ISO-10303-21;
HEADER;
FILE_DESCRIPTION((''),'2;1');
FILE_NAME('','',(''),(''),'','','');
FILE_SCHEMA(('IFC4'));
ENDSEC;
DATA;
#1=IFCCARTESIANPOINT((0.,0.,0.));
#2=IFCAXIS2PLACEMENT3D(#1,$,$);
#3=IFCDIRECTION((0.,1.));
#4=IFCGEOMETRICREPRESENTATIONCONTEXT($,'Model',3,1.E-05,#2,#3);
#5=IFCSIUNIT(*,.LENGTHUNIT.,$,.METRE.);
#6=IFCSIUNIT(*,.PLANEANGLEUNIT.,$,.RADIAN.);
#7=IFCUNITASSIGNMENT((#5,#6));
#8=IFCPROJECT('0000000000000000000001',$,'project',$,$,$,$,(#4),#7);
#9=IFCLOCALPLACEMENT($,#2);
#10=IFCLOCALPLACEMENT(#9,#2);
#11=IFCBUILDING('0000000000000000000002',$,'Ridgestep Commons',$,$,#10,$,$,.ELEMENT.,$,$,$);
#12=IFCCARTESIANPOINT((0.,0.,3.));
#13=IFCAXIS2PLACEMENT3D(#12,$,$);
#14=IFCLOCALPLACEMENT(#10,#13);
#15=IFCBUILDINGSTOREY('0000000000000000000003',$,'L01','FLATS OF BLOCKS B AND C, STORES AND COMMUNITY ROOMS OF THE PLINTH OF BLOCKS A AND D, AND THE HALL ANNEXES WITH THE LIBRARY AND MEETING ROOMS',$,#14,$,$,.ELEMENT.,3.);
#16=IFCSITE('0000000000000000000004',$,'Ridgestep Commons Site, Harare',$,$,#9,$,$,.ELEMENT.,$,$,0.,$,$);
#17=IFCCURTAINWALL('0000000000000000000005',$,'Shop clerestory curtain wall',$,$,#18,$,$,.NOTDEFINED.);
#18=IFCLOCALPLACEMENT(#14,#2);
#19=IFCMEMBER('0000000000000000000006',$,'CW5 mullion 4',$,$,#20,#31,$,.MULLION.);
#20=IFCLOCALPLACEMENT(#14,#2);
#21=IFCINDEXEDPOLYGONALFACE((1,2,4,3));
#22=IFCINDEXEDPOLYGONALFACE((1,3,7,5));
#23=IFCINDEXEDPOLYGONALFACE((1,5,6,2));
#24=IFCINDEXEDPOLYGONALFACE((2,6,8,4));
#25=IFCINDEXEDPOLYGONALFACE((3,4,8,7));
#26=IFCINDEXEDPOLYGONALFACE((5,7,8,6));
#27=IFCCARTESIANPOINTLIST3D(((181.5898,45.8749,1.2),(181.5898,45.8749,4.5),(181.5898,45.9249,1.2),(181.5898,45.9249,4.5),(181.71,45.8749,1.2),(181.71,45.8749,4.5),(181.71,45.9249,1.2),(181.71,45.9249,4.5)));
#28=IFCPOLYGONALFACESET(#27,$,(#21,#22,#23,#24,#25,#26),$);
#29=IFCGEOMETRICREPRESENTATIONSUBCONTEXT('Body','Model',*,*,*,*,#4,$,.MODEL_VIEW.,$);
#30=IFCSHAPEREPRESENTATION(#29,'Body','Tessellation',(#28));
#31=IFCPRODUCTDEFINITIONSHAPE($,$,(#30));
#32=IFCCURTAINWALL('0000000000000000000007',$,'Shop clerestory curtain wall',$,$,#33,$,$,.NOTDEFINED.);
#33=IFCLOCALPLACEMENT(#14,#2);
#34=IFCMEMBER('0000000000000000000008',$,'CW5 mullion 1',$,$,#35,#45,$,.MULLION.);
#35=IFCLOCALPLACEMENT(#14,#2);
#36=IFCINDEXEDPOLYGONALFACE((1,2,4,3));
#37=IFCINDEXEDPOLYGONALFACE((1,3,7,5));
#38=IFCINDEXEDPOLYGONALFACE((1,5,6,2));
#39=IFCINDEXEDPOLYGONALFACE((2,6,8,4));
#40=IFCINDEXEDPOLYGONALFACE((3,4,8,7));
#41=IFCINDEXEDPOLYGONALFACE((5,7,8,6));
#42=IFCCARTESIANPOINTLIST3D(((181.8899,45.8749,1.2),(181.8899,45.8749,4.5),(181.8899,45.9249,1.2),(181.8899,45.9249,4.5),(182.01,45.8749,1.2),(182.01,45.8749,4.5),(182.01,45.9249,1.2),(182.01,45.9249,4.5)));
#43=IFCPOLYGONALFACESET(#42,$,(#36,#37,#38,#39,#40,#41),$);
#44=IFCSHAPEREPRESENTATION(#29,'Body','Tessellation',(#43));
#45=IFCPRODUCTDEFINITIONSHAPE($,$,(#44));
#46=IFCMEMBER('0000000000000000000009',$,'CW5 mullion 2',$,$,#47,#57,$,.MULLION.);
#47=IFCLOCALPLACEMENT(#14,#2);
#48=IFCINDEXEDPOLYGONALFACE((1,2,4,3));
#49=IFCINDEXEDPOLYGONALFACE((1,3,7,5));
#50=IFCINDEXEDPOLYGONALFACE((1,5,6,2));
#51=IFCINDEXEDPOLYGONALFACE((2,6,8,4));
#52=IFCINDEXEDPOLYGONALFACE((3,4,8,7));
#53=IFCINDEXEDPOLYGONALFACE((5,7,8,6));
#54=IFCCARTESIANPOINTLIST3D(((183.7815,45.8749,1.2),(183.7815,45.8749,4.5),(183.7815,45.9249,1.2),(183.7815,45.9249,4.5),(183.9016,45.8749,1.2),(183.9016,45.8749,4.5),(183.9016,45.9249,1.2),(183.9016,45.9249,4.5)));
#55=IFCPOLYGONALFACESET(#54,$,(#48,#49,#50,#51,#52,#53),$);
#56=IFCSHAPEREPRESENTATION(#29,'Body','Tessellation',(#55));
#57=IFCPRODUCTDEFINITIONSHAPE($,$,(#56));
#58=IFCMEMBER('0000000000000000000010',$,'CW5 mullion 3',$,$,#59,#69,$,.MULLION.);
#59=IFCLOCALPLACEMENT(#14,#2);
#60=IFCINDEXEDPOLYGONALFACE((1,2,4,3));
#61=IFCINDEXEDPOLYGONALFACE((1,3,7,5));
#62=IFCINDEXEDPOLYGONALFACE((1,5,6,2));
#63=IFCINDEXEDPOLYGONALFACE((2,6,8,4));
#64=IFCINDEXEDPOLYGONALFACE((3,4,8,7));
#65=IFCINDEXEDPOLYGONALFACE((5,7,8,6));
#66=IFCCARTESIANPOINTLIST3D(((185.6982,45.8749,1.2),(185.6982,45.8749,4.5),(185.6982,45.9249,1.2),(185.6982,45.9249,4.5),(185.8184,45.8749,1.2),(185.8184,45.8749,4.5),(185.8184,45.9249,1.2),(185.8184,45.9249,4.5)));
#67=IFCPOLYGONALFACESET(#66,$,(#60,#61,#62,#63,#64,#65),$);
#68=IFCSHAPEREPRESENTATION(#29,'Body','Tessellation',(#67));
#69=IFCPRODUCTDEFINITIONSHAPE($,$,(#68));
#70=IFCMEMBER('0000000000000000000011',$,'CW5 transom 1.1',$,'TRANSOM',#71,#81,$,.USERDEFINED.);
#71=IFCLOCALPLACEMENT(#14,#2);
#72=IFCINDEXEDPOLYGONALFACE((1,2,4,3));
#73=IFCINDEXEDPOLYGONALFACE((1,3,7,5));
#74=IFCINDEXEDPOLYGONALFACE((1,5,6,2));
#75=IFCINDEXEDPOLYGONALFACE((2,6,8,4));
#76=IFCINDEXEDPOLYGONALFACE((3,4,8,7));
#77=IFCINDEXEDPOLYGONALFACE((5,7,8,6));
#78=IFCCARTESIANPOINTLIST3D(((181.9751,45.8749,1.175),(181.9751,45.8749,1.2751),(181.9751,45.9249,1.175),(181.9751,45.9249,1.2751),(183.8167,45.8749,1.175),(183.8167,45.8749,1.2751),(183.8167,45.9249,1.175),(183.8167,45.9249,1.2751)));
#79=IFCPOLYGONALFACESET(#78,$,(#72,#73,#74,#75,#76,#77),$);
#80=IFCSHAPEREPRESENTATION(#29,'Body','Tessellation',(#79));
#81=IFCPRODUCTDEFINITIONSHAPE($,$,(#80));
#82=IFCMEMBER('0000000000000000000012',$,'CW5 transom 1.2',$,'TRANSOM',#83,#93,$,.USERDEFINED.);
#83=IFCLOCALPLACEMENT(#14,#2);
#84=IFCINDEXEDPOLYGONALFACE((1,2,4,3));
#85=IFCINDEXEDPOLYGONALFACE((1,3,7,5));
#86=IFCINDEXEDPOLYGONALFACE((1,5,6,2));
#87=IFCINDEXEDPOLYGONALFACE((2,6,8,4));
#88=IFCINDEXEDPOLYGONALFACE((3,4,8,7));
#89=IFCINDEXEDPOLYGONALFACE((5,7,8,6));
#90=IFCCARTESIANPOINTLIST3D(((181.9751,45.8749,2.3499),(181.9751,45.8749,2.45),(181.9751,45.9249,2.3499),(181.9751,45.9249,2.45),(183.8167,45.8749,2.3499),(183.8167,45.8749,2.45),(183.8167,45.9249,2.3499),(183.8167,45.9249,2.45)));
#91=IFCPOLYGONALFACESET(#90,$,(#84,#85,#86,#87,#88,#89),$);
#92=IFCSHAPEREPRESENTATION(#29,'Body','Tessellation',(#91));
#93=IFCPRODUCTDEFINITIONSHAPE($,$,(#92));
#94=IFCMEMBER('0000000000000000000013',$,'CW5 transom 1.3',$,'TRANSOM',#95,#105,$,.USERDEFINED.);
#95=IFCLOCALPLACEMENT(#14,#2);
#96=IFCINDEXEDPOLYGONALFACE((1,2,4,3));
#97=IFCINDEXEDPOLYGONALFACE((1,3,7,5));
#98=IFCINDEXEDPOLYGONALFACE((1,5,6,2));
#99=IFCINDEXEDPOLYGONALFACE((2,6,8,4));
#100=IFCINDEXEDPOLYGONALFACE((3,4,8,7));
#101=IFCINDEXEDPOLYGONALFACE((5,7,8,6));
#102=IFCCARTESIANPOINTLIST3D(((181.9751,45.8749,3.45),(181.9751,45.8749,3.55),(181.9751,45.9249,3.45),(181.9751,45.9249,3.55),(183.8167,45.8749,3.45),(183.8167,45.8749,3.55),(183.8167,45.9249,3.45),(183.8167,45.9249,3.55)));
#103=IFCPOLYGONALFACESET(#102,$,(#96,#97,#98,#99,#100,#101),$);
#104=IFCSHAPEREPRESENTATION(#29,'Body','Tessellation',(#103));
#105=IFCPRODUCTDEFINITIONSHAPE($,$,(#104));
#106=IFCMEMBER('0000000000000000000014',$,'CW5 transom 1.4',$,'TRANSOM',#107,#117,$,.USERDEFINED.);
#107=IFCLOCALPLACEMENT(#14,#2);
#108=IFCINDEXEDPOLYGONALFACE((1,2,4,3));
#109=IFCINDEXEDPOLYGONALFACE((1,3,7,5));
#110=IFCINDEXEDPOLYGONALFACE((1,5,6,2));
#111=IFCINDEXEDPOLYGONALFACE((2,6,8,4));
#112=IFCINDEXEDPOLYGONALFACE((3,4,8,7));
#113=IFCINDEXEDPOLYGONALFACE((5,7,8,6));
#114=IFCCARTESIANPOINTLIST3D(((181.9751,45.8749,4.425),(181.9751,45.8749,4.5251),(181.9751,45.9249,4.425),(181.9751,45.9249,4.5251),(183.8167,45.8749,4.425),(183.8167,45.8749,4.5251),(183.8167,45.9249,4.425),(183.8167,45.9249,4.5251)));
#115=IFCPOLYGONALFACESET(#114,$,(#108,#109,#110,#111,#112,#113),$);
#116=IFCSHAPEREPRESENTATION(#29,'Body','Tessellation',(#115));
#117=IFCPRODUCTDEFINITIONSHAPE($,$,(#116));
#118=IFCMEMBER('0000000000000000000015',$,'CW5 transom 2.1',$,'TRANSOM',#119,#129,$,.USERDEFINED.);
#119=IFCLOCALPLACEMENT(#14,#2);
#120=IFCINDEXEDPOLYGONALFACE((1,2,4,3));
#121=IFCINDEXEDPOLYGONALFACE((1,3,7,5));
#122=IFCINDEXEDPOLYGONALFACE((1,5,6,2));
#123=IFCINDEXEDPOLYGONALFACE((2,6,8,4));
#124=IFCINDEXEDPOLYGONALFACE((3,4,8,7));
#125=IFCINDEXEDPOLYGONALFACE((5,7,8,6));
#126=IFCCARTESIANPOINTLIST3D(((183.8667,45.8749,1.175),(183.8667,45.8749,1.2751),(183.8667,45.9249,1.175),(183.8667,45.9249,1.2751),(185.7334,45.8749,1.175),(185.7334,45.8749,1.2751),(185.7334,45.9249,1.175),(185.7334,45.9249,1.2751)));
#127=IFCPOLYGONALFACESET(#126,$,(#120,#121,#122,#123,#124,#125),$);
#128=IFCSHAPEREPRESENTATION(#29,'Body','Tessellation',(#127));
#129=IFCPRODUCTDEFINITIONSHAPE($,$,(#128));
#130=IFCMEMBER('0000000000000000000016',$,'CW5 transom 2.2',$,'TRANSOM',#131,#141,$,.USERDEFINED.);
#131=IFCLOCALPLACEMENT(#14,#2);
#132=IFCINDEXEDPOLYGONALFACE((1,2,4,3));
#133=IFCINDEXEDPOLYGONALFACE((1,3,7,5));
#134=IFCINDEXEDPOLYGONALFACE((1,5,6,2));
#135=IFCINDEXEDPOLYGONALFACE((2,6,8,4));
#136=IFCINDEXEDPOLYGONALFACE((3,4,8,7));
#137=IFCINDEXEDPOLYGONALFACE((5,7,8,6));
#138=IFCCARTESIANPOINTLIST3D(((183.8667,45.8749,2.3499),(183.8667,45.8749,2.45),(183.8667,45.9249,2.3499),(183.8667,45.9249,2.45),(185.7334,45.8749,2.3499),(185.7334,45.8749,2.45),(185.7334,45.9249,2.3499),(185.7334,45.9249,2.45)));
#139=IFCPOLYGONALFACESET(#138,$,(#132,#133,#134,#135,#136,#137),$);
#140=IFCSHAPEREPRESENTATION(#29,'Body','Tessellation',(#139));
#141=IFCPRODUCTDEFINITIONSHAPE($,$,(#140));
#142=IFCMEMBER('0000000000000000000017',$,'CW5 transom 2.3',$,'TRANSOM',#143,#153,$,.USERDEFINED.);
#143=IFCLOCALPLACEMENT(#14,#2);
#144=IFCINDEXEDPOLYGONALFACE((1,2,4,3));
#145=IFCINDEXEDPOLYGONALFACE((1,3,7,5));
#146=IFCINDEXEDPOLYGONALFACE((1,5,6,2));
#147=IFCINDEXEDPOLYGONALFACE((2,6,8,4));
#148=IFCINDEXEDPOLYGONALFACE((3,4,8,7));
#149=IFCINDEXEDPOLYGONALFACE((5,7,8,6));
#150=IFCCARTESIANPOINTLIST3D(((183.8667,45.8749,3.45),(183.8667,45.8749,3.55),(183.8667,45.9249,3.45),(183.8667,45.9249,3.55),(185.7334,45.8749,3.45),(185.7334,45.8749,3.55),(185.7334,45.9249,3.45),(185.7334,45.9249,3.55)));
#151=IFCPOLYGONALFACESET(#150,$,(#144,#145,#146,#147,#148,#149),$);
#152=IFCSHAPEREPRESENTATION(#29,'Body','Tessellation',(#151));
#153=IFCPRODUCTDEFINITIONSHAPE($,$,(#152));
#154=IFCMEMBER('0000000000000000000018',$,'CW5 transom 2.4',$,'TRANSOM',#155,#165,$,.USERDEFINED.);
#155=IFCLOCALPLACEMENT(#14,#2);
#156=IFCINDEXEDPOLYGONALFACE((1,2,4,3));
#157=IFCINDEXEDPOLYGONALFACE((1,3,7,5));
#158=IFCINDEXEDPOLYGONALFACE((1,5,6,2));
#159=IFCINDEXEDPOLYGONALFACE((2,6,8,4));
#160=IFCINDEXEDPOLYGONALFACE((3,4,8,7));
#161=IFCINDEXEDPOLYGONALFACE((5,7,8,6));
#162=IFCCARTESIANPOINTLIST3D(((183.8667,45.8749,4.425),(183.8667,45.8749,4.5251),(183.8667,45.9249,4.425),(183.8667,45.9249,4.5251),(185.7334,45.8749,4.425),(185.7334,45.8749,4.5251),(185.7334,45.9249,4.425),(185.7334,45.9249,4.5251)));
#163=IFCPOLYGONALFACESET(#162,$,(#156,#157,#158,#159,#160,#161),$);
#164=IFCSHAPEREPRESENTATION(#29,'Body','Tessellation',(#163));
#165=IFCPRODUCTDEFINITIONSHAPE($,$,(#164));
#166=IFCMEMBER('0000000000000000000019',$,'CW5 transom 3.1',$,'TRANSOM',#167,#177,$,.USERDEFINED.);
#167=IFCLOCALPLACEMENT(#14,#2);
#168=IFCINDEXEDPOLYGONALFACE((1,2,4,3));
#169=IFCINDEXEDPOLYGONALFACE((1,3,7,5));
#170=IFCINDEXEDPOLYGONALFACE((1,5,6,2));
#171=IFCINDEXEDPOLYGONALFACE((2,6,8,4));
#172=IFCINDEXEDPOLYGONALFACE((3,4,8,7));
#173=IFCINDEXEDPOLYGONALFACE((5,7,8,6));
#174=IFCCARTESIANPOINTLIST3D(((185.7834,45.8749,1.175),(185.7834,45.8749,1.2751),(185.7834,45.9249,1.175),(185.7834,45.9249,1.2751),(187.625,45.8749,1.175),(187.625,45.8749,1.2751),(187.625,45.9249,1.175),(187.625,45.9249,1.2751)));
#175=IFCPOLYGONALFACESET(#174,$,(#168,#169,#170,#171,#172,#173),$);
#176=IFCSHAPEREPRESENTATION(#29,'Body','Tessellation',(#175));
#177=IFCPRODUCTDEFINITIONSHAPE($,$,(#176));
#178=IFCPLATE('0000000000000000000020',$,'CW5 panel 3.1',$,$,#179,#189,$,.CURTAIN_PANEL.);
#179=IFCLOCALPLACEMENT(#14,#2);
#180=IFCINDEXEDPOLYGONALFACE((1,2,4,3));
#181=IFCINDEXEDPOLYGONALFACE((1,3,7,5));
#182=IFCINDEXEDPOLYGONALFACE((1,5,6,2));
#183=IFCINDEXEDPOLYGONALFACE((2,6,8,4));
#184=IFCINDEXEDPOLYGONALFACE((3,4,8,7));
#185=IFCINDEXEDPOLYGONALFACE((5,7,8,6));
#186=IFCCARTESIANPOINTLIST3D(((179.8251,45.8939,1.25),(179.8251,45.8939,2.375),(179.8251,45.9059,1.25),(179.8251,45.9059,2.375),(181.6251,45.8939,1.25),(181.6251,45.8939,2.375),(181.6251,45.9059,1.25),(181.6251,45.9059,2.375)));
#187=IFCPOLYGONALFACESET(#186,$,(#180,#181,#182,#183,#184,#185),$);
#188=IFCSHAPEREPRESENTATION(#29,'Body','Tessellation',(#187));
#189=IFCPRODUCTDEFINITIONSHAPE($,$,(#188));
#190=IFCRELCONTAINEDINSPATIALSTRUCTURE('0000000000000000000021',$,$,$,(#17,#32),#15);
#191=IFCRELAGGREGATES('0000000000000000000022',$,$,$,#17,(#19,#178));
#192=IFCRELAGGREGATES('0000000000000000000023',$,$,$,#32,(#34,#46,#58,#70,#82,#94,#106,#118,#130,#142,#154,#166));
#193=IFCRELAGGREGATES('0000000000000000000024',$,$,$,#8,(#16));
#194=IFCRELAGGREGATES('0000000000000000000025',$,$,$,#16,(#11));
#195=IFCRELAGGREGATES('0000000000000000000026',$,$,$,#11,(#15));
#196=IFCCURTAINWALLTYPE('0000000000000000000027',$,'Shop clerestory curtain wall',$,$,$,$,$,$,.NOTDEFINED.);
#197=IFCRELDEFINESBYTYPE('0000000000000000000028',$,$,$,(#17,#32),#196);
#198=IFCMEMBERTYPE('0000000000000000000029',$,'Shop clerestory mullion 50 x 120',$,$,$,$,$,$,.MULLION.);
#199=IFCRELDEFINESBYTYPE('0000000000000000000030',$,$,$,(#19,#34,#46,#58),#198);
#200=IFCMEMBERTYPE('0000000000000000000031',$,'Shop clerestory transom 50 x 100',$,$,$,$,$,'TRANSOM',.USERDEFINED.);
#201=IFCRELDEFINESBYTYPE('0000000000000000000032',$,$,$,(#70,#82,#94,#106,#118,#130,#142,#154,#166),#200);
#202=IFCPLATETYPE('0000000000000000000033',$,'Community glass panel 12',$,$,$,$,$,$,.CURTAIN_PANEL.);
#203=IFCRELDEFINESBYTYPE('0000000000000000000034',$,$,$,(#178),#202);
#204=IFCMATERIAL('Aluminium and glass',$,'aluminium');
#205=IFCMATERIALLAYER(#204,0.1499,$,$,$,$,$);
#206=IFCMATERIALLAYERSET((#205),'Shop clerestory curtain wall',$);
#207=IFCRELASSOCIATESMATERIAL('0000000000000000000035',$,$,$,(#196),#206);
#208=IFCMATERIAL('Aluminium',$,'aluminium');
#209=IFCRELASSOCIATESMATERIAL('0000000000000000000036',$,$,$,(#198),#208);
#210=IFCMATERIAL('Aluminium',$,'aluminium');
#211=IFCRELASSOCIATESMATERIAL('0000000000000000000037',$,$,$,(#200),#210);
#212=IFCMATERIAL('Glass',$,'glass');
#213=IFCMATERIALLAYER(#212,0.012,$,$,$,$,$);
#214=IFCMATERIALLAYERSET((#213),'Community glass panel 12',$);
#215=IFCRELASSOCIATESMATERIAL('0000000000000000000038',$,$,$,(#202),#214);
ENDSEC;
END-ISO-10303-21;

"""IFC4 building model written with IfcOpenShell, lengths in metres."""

from ifc_helpers import new_model, si_unit, direction, frame, origin, origin_2d, place, context, subcontext, project, spatial, rectangle, extrude, material, layer, layer_set, material_profile, profile_set, type_object, element, aggregate, save


model = new_model("IFC4")

# Units and contexts
model_context = context("Model", 3, precision=1e-05, world=origin(), true_north=direction((0.0, 1.0)))
body_context = subcontext(model_context, "Body", "Model", "MODEL_VIEW")
ifc_project = project(units=[si_unit("LENGTHUNIT", "METRE"), si_unit("PLANEANGLEUNIT", "RADIAN")], contexts=[model_context])

# Site, building, storey
site_placement = place(None, origin())
site = spatial("IfcSite", under=ifc_project, at=site_placement, Name="Ridgestep Commons Site, Harare", CompositionType="ELEMENT", RefElevation=0.0)
building_placement = place(site_placement, origin())
building = spatial("IfcBuilding", under=site, at=building_placement, Name="Ridgestep Commons", CompositionType="ELEMENT")
storey_placement = place(building_placement, frame((0.0, 0.0, 3.0)))
storey = spatial("IfcBuildingStorey", under=building, at=storey_placement, Name="L01", Description="FLATS OF BLOCKS B AND C, STORES AND COMMUNITY ROOMS OF THE PLINTH OF BLOCKS A AND D, AND THE HALL ANNEXES WITH THE LIBRARY AND MEETING ROOMS", CompositionType="ELEMENT", Elevation=3.0)

# Curtain wall, member
ifc_material_1 = material(Name="Aluminium and glass", Category="aluminium")
ifc_layer_1 = layer(ifc_material_1, 0.1499)
ifc_layer_set_1 = layer_set([ifc_layer_1], Name="Shop clerestory curtain wall")
curtain_wall_type = type_object("IfcCurtainWallType", Name="Shop clerestory curtain wall", PredefinedType="NOTDEFINED", material=ifc_layer_set_1)
curtain_wall_1_placement = place(storey_placement, origin())
curtain_wall_1 = element("IfcCurtainWall", 1, at=curtain_wall_1_placement, inside=storey, type_object=curtain_wall_type, Name="Shop clerestory curtain wall", PredefinedType="NOTDEFINED")
ifc_material_2 = material(Name="Aluminium", Category="aluminium")
ifc_material_profile_1 = material_profile(ifc_material_2, rectangle(XDim=0.05, YDim=0.1201, at=origin_2d()), Name="Shop clerestory mullion 50 x 120")
ifc_profile_set_1 = profile_set([ifc_material_profile_1], Name="Aluminium")
member_type_1 = type_object("IfcMemberType", Name="Shop clerestory mullion 50 x 120", PredefinedType="MULLION", material=ifc_profile_set_1)
member_1_placement = place(storey_placement, frame((181.6499, 45.8999, 1.2), z_axis=(0.0, 0.0, 1.0), x_axis=(0.0, 1.0, 0.0)))
member_1 = element("IfcMember", 2, at=member_1_placement, type_object=member_type_1, Name="CW5 mullion 4", PredefinedType="MULLION", context=body_context, shape_type="SweptSolid", body=[
    extrude(rectangle(XDim=0.05, YDim=0.1201, at=origin_2d()), origin(), (0.0, 0.0, 1.0), 3.3),
])

# Curtain wall, members
curtain_wall_2_placement = place(storey_placement, origin())
curtain_wall_2 = element("IfcCurtainWall", 3, at=curtain_wall_2_placement, inside=storey, type_object=curtain_wall_type, Name="Shop clerestory curtain wall", PredefinedType="NOTDEFINED")
member_2_placement = place(storey_placement, frame((181.95, 45.8999, 1.2), z_axis=(0.0, 0.0, 1.0), x_axis=(0.0, 1.0, 0.0)))
member_2 = element("IfcMember", 4, at=member_2_placement, type_object=member_type_1, Name="CW5 mullion 1", PredefinedType="MULLION", context=body_context, shape_type="SweptSolid", body=[
    extrude(rectangle(XDim=0.05, YDim=0.1201, at=origin_2d()), origin(), (0.0, 0.0, 1.0), 3.3),
])
member_3_placement = place(storey_placement, frame((183.8416, 45.8999, 1.2), z_axis=(0.0, 0.0, 1.0), x_axis=(0.0, 1.0, 0.0)))
member_3 = element("IfcMember", 5, at=member_3_placement, type_object=member_type_1, Name="CW5 mullion 2", PredefinedType="MULLION", context=body_context, shape_type="SweptSolid", body=[
    extrude(rectangle(XDim=0.05, YDim=0.1201, at=origin_2d()), origin(), (0.0, 0.0, 1.0), 3.3),
])
member_4_placement = place(storey_placement, frame((185.7583, 45.8999, 1.2), z_axis=(0.0, 0.0, 1.0), x_axis=(0.0, 1.0, 0.0)))
member_4 = element("IfcMember", 6, at=member_4_placement, type_object=member_type_1, Name="CW5 mullion 3", PredefinedType="MULLION", context=body_context, shape_type="SweptSolid", body=[
    extrude(rectangle(XDim=0.05, YDim=0.1201, at=origin_2d()), origin(), (0.0, 0.0, 1.0), 3.3),
])
ifc_material_3 = material(Name="Aluminium", Category="aluminium")
ifc_material_profile_2 = material_profile(ifc_material_3, rectangle(XDim=0.05, YDim=0.1001, at=origin_2d()), Name="Shop clerestory transom 50 x 100")
ifc_profile_set_2 = profile_set([ifc_material_profile_2], Name="Aluminium")
member_type_2 = type_object("IfcMemberType", Name="Shop clerestory transom 50 x 100", ElementType="TRANSOM", PredefinedType="USERDEFINED", material=ifc_profile_set_2)
member_5_placement = place(storey_placement, frame((181.9751, 45.8999, 1.2251), z_axis=(1.0, 0.0, 0.0), x_axis=(0.0, 1.0, 0.0)))
member_5 = element("IfcMember", 7, at=member_5_placement, type_object=member_type_2, Name="CW5 transom 1.1", ObjectType="TRANSOM", PredefinedType="USERDEFINED", context=body_context, shape_type="SweptSolid", body=[
    extrude(rectangle(XDim=0.05, YDim=0.1001, at=origin_2d()), origin(), (0.0, 0.0, 1.0), 1.8416),
])
member_6_placement = place(storey_placement, frame((181.9751, 45.8999, 2.3999), z_axis=(1.0, 0.0, 0.0), x_axis=(0.0, 1.0, 0.0)))
member_6 = element("IfcMember", 8, at=member_6_placement, type_object=member_type_2, Name="CW5 transom 1.2", ObjectType="TRANSOM", PredefinedType="USERDEFINED", context=body_context, shape_type="SweptSolid", body=[
    extrude(rectangle(XDim=0.05, YDim=0.1001, at=origin_2d()), origin(), (0.0, 0.0, 1.0), 1.8416),
])
member_7_placement = place(storey_placement, frame((181.9751, 45.8999, 3.5), z_axis=(1.0, 0.0, 0.0), x_axis=(0.0, 1.0, 0.0)))
member_7 = element("IfcMember", 9, at=member_7_placement, type_object=member_type_2, Name="CW5 transom 1.3", ObjectType="TRANSOM", PredefinedType="USERDEFINED", context=body_context, shape_type="SweptSolid", body=[
    extrude(rectangle(XDim=0.05, YDim=0.1001, at=origin_2d()), origin(), (0.0, 0.0, 1.0), 1.8416),
])
member_8_placement = place(storey_placement, frame((181.9751, 45.8999, 4.4751), z_axis=(1.0, 0.0, 0.0), x_axis=(0.0, 1.0, 0.0)))
member_8 = element("IfcMember", 10, at=member_8_placement, type_object=member_type_2, Name="CW5 transom 1.4", ObjectType="TRANSOM", PredefinedType="USERDEFINED", context=body_context, shape_type="SweptSolid", body=[
    extrude(rectangle(XDim=0.05, YDim=0.1001, at=origin_2d()), origin(), (0.0, 0.0, 1.0), 1.8416),
])
member_9_placement = place(storey_placement, frame((183.8667, 45.8999, 1.2251), z_axis=(1.0, 0.0, 0.0), x_axis=(0.0, 1.0, 0.0)))
member_9 = element("IfcMember", 11, at=member_9_placement, type_object=member_type_2, Name="CW5 transom 2.1", ObjectType="TRANSOM", PredefinedType="USERDEFINED", context=body_context, shape_type="SweptSolid", body=[
    extrude(rectangle(XDim=0.05, YDim=0.1001, at=origin_2d()), origin(), (0.0, 0.0, 1.0), 1.8667),
])
member_10_placement = place(storey_placement, frame((183.8667, 45.8999, 2.3999), z_axis=(1.0, 0.0, 0.0), x_axis=(0.0, 1.0, 0.0)))
member_10 = element("IfcMember", 12, at=member_10_placement, type_object=member_type_2, Name="CW5 transom 2.2", ObjectType="TRANSOM", PredefinedType="USERDEFINED", context=body_context, shape_type="SweptSolid", body=[
    extrude(rectangle(XDim=0.05, YDim=0.1001, at=origin_2d()), origin(), (0.0, 0.0, 1.0), 1.8667),
])
member_11_placement = place(storey_placement, frame((183.8667, 45.8999, 3.5), z_axis=(1.0, 0.0, 0.0), x_axis=(0.0, 1.0, 0.0)))
member_11 = element("IfcMember", 13, at=member_11_placement, type_object=member_type_2, Name="CW5 transom 2.3", ObjectType="TRANSOM", PredefinedType="USERDEFINED", context=body_context, shape_type="SweptSolid", body=[
    extrude(rectangle(XDim=0.05, YDim=0.1001, at=origin_2d()), origin(), (0.0, 0.0, 1.0), 1.8667),
])
member_12_placement = place(storey_placement, frame((183.8667, 45.8999, 4.4751), z_axis=(1.0, 0.0, 0.0), x_axis=(0.0, 1.0, 0.0)))
member_12 = element("IfcMember", 14, at=member_12_placement, type_object=member_type_2, Name="CW5 transom 2.4", ObjectType="TRANSOM", PredefinedType="USERDEFINED", context=body_context, shape_type="SweptSolid", body=[
    extrude(rectangle(XDim=0.05, YDim=0.1001, at=origin_2d()), origin(), (0.0, 0.0, 1.0), 1.8667),
])
member_13_placement = place(storey_placement, frame((185.7834, 45.8999, 1.2251), z_axis=(1.0, 0.0, 0.0), x_axis=(0.0, 1.0, 0.0)))
member_13 = element("IfcMember", 15, at=member_13_placement, type_object=member_type_2, Name="CW5 transom 3.1", ObjectType="TRANSOM", PredefinedType="USERDEFINED", context=body_context, shape_type="SweptSolid", body=[
    extrude(rectangle(XDim=0.05, YDim=0.1001, at=origin_2d()), origin(), (0.0, 0.0, 1.0), 1.8416),
])

# Plate
ifc_material_4 = material(Name="Glass", Category="glass")
ifc_layer_2 = layer(ifc_material_4, 0.012)
ifc_layer_set_2 = layer_set([ifc_layer_2], Name="Community glass panel 12")
plate_type = type_object("IfcPlateType", Name="Community glass panel 12", PredefinedType="CURTAIN_PANEL", material=ifc_layer_set_2)
plate_1_placement = place(storey_placement, frame((180.7251, 45.8999, 1.25), z_axis=(0.0, 0.0, 1.0), x_axis=(1.0, 0.0, 0.0)))
plate_1 = element("IfcPlate", 16, at=plate_1_placement, type_object=plate_type, Name="CW5 panel 3.1", PredefinedType="CURTAIN_PANEL", context=body_context, shape_type="SweptSolid", body=[
    extrude(rectangle(XDim=1.8, YDim=0.012, at=origin_2d()), origin(), (0.0, 0.0, 1.0), 1.125),
])
aggregate(curtain_wall_1, [member_1, plate_1])
aggregate(curtain_wall_2, [member_2, member_3, member_4, member_5, member_6, member_7, member_8, member_9, member_10, member_11, member_12, member_13])

save(model, "model.ifc")
